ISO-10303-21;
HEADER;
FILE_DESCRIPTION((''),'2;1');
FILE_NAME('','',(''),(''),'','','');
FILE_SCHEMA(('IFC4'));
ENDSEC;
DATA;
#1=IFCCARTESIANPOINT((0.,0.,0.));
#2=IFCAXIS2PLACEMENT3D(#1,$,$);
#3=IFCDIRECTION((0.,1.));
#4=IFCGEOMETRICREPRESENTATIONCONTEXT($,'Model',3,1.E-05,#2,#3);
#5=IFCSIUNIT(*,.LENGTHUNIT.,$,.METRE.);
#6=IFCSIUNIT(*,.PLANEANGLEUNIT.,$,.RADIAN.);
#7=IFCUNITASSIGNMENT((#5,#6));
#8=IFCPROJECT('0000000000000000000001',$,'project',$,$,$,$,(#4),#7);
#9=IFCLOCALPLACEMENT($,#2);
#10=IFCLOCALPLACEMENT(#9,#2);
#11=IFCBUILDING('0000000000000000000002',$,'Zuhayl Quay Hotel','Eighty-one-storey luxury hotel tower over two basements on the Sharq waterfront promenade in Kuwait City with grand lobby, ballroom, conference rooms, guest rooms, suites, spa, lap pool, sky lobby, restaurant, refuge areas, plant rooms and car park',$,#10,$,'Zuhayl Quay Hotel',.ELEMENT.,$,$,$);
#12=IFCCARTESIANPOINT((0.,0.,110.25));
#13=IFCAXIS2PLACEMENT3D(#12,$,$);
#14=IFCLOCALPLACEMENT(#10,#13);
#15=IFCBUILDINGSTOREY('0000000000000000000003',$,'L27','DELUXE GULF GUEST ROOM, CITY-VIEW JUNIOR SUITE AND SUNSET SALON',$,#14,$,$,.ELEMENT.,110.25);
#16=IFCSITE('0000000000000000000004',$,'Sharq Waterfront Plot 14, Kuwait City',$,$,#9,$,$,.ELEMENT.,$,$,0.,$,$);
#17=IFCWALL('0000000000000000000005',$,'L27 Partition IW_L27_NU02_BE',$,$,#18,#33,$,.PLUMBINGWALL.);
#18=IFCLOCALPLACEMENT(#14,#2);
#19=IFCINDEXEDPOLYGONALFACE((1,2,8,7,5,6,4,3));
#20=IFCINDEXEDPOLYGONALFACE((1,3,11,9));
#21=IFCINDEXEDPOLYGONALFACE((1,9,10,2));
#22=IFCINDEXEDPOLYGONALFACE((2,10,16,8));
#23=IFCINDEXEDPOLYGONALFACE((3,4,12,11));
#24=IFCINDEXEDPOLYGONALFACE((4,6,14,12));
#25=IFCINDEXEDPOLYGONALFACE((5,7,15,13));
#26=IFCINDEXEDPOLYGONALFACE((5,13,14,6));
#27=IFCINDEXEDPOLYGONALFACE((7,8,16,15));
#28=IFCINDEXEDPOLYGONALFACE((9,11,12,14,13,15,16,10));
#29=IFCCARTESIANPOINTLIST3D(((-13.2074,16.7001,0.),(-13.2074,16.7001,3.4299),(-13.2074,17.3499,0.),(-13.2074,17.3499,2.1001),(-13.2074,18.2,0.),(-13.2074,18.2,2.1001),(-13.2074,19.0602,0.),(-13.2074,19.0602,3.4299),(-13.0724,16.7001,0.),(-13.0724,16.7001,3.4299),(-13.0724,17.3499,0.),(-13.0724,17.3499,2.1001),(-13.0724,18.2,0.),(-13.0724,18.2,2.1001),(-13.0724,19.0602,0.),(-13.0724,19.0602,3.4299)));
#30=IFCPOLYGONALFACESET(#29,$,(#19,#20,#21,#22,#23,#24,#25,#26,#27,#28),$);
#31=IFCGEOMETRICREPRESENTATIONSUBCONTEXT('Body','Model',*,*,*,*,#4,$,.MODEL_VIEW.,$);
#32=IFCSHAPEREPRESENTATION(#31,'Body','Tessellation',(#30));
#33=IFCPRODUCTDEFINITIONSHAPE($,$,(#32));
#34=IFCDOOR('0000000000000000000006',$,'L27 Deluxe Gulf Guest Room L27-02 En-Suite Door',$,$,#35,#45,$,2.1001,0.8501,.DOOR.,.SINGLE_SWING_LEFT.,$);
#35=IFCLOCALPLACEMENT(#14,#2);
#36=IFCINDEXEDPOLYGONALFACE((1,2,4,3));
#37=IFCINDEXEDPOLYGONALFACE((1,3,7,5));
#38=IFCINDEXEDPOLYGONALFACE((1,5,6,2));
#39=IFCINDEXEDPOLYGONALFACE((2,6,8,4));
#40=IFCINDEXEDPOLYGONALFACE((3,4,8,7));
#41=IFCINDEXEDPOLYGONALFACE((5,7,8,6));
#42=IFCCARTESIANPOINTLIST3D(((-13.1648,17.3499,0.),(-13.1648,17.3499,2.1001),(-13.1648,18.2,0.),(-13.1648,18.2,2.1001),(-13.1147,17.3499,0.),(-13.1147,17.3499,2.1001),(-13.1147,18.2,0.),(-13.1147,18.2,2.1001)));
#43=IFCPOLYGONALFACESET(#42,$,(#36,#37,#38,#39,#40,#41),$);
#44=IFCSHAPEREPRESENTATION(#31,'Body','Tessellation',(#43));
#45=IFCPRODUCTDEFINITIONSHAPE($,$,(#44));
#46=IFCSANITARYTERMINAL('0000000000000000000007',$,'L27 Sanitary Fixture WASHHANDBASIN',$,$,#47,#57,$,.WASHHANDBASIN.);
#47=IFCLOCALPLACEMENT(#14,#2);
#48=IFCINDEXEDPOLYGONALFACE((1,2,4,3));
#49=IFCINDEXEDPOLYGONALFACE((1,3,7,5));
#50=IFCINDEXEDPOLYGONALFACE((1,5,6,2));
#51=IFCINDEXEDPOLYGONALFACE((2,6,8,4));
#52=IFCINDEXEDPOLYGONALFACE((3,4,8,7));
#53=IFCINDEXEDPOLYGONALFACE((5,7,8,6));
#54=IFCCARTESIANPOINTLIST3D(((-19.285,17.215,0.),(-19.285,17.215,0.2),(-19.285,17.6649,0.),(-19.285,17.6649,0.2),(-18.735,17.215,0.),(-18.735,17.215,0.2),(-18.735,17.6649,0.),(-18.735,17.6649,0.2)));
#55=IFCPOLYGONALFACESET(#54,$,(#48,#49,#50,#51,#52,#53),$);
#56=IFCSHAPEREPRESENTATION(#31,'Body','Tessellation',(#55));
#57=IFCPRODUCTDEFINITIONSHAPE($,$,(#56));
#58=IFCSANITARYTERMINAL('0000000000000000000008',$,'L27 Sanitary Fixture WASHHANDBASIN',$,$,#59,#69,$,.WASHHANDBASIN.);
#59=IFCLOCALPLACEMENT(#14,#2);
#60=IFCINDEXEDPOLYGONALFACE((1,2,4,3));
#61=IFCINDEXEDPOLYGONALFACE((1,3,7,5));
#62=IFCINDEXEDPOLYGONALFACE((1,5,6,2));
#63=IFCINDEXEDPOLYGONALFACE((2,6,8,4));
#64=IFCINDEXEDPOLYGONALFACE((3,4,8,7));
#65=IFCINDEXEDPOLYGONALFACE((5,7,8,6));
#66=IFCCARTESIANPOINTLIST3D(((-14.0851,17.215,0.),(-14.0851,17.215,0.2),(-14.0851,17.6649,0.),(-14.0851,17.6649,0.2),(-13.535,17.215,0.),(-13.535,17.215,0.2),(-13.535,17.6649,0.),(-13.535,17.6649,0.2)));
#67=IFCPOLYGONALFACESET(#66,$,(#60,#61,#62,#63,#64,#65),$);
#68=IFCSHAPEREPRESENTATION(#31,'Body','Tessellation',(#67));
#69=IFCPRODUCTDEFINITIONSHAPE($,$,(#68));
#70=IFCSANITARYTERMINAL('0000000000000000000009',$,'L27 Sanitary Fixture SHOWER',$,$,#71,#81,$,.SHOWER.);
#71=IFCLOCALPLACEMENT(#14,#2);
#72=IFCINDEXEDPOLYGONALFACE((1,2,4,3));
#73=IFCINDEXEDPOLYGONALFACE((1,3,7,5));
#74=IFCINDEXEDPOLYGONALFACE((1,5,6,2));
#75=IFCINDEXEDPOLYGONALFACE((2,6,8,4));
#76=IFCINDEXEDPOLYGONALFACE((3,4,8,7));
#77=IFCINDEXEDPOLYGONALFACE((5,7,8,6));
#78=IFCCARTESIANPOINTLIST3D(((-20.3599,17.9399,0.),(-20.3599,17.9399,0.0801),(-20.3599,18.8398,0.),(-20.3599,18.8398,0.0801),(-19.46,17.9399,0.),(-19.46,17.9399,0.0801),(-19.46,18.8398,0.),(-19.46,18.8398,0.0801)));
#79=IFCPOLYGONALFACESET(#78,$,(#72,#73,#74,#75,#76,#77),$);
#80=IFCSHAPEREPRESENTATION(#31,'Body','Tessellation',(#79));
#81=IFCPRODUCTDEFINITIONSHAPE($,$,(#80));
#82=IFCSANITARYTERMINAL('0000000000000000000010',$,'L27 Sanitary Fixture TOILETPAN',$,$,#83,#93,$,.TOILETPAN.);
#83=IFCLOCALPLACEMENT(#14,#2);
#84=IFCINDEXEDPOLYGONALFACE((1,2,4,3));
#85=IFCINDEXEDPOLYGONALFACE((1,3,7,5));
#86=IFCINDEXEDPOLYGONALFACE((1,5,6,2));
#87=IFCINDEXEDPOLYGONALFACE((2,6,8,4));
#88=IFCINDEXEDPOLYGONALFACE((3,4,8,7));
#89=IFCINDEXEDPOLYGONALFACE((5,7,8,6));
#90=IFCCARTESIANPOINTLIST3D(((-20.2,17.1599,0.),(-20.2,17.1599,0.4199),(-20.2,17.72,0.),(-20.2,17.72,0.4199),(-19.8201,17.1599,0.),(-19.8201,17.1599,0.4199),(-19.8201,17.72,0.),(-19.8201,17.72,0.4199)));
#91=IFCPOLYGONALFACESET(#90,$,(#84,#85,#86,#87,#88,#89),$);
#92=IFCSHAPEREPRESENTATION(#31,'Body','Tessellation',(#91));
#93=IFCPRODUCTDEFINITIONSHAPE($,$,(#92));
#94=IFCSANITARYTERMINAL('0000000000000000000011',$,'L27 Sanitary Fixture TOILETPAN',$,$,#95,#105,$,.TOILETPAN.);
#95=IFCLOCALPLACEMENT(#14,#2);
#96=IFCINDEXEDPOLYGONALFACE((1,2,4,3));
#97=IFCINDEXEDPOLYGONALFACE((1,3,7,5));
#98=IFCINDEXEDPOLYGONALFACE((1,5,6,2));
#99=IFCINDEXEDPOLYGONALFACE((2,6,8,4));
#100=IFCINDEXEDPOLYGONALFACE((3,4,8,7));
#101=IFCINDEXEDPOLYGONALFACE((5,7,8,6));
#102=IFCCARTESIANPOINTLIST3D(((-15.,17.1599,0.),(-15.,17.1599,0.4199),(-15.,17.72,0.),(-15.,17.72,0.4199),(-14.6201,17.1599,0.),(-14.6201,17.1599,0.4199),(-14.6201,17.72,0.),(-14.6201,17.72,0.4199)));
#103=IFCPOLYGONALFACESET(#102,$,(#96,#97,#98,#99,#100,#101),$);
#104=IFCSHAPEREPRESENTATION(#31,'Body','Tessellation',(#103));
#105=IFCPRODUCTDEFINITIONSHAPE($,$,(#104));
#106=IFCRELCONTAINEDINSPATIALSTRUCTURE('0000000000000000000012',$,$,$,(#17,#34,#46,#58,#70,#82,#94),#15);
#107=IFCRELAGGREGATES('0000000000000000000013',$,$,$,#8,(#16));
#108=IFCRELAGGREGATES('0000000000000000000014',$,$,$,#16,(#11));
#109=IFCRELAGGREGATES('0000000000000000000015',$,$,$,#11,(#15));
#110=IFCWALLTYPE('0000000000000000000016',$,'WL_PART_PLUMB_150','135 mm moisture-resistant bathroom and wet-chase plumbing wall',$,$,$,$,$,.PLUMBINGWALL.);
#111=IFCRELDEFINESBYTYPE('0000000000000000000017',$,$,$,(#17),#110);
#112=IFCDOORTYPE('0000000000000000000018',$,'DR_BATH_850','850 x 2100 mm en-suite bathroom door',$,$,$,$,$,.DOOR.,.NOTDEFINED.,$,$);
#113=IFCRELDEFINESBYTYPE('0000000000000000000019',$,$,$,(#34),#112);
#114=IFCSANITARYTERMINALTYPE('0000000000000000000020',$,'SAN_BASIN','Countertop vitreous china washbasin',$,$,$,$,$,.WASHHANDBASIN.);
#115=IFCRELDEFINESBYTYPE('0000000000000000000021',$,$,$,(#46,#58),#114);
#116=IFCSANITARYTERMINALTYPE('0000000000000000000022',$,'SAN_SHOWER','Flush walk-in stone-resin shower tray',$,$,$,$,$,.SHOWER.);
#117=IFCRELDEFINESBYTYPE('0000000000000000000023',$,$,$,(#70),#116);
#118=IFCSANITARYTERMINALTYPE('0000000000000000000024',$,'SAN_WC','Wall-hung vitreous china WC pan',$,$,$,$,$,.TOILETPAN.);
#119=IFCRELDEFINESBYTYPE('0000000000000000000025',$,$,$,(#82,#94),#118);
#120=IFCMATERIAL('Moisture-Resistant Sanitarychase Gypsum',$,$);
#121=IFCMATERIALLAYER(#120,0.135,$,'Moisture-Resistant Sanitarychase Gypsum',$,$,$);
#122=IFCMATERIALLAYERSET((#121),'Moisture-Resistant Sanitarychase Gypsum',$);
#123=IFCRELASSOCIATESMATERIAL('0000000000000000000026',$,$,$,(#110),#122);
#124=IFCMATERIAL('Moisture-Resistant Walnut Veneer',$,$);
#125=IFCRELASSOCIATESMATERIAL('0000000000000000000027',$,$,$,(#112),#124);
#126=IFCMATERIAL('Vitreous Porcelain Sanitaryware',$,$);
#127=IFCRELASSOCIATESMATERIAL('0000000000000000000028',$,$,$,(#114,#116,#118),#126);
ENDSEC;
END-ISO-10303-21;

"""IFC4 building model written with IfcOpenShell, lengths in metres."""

from ifc_helpers import new_model, si_unit, direction, frame, frame_2d, origin, origin_2d, place, context, subcontext, project, spatial, rectangle, extrude, material, layer, layer_set, type_object, element, fill, save


model = new_model("IFC4")

# Units and contexts
model_context = context("Model", 3, precision=1e-05, world=origin(), true_north=direction((0.0, 1.0)))
body_context = subcontext(model_context, "Body", "Model", "MODEL_VIEW")
ifc_project = project(units=[si_unit("LENGTHUNIT", "METRE"), si_unit("PLANEANGLEUNIT", "RADIAN")], contexts=[model_context])

# Site, building, storey
site_placement = place(None, origin())
site = spatial("IfcSite", under=ifc_project, at=site_placement, Name="Sharq Waterfront Plot 14, Kuwait City", CompositionType="ELEMENT", RefElevation=0.0)
building_placement = place(site_placement, origin())
building = spatial("IfcBuilding", under=site, at=building_placement, Name="Zuhayl Quay Hotel", Description="Eighty-one-storey luxury hotel tower over two basements on the Sharq waterfront promenade in Kuwait City with grand lobby, ballroom, conference rooms, guest rooms, suites, spa, lap pool, sky lobby, restaurant, refuge areas, plant rooms and car park", LongName="Zuhayl Quay Hotel", CompositionType="ELEMENT")
storey_placement = place(building_placement, frame((0.0, 0.0, 110.25)))
storey = spatial("IfcBuildingStorey", under=building, at=storey_placement, Name="L27", Description="DELUXE GULF GUEST ROOM, CITY-VIEW JUNIOR SUITE AND SUNSET SALON", CompositionType="ELEMENT", Elevation=110.25)

# Wall, opening, door
ifc_material_1 = material(Name="Moisture-Resistant Sanitarychase Gypsum")
ifc_layer_1 = layer(ifc_material_1, 0.135, Name="Moisture-Resistant Sanitarychase Gypsum")
ifc_layer_set_1 = layer_set([ifc_layer_1], Name="Moisture-Resistant Sanitarychase Gypsum")
wall_type_1 = type_object("IfcWallType", Name="WL_PART_PLUMB_150", Description="135 mm moisture-resistant bathroom and wet-chase plumbing wall", PredefinedType="PLUMBINGWALL", material=ifc_layer_set_1)
ifc_material_2 = material(Name="Moisture-Resistant Walnut Veneer")
door_type_1 = type_object("IfcDoorType", Name="DR_BATH_850", Description="850 x 2100 mm en-suite bathroom door", OperationType="NOTDEFINED", PredefinedType="DOOR", material=ifc_material_2)
wall_1_placement = place(storey_placement, frame((-13.1399, 16.7, 0.0), z_axis=(0.0, 0.0, 1.0), x_axis=(0.0, 1.0, 0.0)))
wall_1 = element("IfcWall", 1, at=wall_1_placement, inside=storey, type_object=wall_type_1, Name="L27 Partition IW_L27_NU02_BE", PredefinedType="PLUMBINGWALL", context=body_context, shape_type="SweptSolid", body=[
    extrude(rectangle(XDim=2.3601, YDim=0.135, at=frame_2d((1.1802, 0.0))), origin(), (0.0, 0.0, 1.0), 3.4299),
])
opening_1_placement = place(wall_1_placement, frame((0.6499, 0.0, 0.0)))
opening_1 = element("IfcOpeningElement", 2, at=opening_1_placement, cuts=wall_1, PredefinedType="OPENING", context=body_context, shape_type="SweptSolid", body=[
    extrude(rectangle(XDim=0.8501, YDim=2.1001, at=frame_2d((0.425, 1.05))), frame((0.0, 0.0774, 0.0), z_axis=(0.0, -1.0, 0.0), x_axis=(1.0, 0.0, 0.0)), (0.0, 0.0, 1.0), 0.155),
])
door_1_placement = place(opening_1_placement, origin())
door_1 = element("IfcDoor", 3, at=door_1_placement, inside=storey, type_object=door_type_1, Name="L27 Deluxe Gulf Guest Room L27-02 En-Suite Door", OperationType="SINGLE_SWING_LEFT", OverallHeight=2.1001, OverallWidth=0.8501, PredefinedType="DOOR", context=body_context, shape_type="SweptSolid", body=[
    extrude(rectangle(XDim=0.8501, YDim=2.1001, at=frame_2d((0.425, 1.05))), frame((0.0, 0.0249, 0.0), z_axis=(0.0, -1.0, 0.0), x_axis=(1.0, 0.0, 0.0)), (0.0, 0.0, 1.0), 0.05),
])
fill(opening_1, door_1)

# Sanitary terminals
ifc_material_3 = material(Name="Vitreous Porcelain Sanitaryware")
sanitary_terminal_type_1 = type_object("IfcSanitaryTerminalType", Name="SAN_BASIN", Description="Countertop vitreous china washbasin", PredefinedType="WASHHANDBASIN", material=ifc_material_3)
for number, where, z_axis, x_axis, name in (
    (4, (-19.01, 17.4399, 0.0), (0.0, 0.0, 1.0), (1.0, 0.0, 0.0), "L27 Sanitary Fixture WASHHANDBASIN"),
    (5, (-13.8101, 17.4399, 0.0), (0.0, 0.0, 1.0), (1.0, 0.0, 0.0), "L27 Sanitary Fixture WASHHANDBASIN"),
):
    element("IfcSanitaryTerminal", number, at=place(storey_placement, frame(where, z_axis=z_axis, x_axis=x_axis)), inside=storey, type_object=sanitary_terminal_type_1, Name=name, PredefinedType="WASHHANDBASIN", context=body_context, shape_type="SweptSolid", body=[
        extrude(rectangle(XDim=0.55, YDim=0.45, at=origin_2d()), origin(), (0.0, 0.0, 1.0), 0.2),
    ])
sanitary_terminal_type_2 = type_object("IfcSanitaryTerminalType", Name="SAN_SHOWER", Description="Flush walk-in stone-resin shower tray", PredefinedType="SHOWER", material=ifc_material_3)
sanitary_terminal_placement = place(storey_placement, frame((-19.9099, 18.3899, 0.0), z_axis=(0.0, 0.0, 1.0), x_axis=(1.0, 0.0, 0.0)))
element("IfcSanitaryTerminal", 6, at=sanitary_terminal_placement, inside=storey, type_object=sanitary_terminal_type_2, Name="L27 Sanitary Fixture SHOWER", PredefinedType="SHOWER", context=body_context, shape_type="SweptSolid", body=[
    extrude(rectangle(XDim=0.8999, YDim=0.8999, at=origin_2d()), origin(), (0.0, 0.0, 1.0), 0.0801),
])
sanitary_terminal_type_3 = type_object("IfcSanitaryTerminalType", Name="SAN_WC", Description="Wall-hung vitreous china WC pan", PredefinedType="TOILETPAN", material=ifc_material_3)
for number, where, z_axis, x_axis, name in (
    (7, (-20.01, 17.4399, 0.0), (0.0, 0.0, 1.0), (1.0, 0.0, 0.0), "L27 Sanitary Fixture TOILETPAN"),
    (8, (-14.8101, 17.4399, 0.0), (0.0, 0.0, 1.0), (1.0, 0.0, 0.0), "L27 Sanitary Fixture TOILETPAN"),
):
    element("IfcSanitaryTerminal", number, at=place(storey_placement, frame(where, z_axis=z_axis, x_axis=x_axis)), inside=storey, type_object=sanitary_terminal_type_3, Name=name, PredefinedType="TOILETPAN", context=body_context, shape_type="SweptSolid", body=[
        extrude(rectangle(XDim=0.3799, YDim=0.5601, at=origin_2d()), origin(), (0.0, 0.0, 1.0), 0.4199),
    ])

save(model, "model.ifc")
